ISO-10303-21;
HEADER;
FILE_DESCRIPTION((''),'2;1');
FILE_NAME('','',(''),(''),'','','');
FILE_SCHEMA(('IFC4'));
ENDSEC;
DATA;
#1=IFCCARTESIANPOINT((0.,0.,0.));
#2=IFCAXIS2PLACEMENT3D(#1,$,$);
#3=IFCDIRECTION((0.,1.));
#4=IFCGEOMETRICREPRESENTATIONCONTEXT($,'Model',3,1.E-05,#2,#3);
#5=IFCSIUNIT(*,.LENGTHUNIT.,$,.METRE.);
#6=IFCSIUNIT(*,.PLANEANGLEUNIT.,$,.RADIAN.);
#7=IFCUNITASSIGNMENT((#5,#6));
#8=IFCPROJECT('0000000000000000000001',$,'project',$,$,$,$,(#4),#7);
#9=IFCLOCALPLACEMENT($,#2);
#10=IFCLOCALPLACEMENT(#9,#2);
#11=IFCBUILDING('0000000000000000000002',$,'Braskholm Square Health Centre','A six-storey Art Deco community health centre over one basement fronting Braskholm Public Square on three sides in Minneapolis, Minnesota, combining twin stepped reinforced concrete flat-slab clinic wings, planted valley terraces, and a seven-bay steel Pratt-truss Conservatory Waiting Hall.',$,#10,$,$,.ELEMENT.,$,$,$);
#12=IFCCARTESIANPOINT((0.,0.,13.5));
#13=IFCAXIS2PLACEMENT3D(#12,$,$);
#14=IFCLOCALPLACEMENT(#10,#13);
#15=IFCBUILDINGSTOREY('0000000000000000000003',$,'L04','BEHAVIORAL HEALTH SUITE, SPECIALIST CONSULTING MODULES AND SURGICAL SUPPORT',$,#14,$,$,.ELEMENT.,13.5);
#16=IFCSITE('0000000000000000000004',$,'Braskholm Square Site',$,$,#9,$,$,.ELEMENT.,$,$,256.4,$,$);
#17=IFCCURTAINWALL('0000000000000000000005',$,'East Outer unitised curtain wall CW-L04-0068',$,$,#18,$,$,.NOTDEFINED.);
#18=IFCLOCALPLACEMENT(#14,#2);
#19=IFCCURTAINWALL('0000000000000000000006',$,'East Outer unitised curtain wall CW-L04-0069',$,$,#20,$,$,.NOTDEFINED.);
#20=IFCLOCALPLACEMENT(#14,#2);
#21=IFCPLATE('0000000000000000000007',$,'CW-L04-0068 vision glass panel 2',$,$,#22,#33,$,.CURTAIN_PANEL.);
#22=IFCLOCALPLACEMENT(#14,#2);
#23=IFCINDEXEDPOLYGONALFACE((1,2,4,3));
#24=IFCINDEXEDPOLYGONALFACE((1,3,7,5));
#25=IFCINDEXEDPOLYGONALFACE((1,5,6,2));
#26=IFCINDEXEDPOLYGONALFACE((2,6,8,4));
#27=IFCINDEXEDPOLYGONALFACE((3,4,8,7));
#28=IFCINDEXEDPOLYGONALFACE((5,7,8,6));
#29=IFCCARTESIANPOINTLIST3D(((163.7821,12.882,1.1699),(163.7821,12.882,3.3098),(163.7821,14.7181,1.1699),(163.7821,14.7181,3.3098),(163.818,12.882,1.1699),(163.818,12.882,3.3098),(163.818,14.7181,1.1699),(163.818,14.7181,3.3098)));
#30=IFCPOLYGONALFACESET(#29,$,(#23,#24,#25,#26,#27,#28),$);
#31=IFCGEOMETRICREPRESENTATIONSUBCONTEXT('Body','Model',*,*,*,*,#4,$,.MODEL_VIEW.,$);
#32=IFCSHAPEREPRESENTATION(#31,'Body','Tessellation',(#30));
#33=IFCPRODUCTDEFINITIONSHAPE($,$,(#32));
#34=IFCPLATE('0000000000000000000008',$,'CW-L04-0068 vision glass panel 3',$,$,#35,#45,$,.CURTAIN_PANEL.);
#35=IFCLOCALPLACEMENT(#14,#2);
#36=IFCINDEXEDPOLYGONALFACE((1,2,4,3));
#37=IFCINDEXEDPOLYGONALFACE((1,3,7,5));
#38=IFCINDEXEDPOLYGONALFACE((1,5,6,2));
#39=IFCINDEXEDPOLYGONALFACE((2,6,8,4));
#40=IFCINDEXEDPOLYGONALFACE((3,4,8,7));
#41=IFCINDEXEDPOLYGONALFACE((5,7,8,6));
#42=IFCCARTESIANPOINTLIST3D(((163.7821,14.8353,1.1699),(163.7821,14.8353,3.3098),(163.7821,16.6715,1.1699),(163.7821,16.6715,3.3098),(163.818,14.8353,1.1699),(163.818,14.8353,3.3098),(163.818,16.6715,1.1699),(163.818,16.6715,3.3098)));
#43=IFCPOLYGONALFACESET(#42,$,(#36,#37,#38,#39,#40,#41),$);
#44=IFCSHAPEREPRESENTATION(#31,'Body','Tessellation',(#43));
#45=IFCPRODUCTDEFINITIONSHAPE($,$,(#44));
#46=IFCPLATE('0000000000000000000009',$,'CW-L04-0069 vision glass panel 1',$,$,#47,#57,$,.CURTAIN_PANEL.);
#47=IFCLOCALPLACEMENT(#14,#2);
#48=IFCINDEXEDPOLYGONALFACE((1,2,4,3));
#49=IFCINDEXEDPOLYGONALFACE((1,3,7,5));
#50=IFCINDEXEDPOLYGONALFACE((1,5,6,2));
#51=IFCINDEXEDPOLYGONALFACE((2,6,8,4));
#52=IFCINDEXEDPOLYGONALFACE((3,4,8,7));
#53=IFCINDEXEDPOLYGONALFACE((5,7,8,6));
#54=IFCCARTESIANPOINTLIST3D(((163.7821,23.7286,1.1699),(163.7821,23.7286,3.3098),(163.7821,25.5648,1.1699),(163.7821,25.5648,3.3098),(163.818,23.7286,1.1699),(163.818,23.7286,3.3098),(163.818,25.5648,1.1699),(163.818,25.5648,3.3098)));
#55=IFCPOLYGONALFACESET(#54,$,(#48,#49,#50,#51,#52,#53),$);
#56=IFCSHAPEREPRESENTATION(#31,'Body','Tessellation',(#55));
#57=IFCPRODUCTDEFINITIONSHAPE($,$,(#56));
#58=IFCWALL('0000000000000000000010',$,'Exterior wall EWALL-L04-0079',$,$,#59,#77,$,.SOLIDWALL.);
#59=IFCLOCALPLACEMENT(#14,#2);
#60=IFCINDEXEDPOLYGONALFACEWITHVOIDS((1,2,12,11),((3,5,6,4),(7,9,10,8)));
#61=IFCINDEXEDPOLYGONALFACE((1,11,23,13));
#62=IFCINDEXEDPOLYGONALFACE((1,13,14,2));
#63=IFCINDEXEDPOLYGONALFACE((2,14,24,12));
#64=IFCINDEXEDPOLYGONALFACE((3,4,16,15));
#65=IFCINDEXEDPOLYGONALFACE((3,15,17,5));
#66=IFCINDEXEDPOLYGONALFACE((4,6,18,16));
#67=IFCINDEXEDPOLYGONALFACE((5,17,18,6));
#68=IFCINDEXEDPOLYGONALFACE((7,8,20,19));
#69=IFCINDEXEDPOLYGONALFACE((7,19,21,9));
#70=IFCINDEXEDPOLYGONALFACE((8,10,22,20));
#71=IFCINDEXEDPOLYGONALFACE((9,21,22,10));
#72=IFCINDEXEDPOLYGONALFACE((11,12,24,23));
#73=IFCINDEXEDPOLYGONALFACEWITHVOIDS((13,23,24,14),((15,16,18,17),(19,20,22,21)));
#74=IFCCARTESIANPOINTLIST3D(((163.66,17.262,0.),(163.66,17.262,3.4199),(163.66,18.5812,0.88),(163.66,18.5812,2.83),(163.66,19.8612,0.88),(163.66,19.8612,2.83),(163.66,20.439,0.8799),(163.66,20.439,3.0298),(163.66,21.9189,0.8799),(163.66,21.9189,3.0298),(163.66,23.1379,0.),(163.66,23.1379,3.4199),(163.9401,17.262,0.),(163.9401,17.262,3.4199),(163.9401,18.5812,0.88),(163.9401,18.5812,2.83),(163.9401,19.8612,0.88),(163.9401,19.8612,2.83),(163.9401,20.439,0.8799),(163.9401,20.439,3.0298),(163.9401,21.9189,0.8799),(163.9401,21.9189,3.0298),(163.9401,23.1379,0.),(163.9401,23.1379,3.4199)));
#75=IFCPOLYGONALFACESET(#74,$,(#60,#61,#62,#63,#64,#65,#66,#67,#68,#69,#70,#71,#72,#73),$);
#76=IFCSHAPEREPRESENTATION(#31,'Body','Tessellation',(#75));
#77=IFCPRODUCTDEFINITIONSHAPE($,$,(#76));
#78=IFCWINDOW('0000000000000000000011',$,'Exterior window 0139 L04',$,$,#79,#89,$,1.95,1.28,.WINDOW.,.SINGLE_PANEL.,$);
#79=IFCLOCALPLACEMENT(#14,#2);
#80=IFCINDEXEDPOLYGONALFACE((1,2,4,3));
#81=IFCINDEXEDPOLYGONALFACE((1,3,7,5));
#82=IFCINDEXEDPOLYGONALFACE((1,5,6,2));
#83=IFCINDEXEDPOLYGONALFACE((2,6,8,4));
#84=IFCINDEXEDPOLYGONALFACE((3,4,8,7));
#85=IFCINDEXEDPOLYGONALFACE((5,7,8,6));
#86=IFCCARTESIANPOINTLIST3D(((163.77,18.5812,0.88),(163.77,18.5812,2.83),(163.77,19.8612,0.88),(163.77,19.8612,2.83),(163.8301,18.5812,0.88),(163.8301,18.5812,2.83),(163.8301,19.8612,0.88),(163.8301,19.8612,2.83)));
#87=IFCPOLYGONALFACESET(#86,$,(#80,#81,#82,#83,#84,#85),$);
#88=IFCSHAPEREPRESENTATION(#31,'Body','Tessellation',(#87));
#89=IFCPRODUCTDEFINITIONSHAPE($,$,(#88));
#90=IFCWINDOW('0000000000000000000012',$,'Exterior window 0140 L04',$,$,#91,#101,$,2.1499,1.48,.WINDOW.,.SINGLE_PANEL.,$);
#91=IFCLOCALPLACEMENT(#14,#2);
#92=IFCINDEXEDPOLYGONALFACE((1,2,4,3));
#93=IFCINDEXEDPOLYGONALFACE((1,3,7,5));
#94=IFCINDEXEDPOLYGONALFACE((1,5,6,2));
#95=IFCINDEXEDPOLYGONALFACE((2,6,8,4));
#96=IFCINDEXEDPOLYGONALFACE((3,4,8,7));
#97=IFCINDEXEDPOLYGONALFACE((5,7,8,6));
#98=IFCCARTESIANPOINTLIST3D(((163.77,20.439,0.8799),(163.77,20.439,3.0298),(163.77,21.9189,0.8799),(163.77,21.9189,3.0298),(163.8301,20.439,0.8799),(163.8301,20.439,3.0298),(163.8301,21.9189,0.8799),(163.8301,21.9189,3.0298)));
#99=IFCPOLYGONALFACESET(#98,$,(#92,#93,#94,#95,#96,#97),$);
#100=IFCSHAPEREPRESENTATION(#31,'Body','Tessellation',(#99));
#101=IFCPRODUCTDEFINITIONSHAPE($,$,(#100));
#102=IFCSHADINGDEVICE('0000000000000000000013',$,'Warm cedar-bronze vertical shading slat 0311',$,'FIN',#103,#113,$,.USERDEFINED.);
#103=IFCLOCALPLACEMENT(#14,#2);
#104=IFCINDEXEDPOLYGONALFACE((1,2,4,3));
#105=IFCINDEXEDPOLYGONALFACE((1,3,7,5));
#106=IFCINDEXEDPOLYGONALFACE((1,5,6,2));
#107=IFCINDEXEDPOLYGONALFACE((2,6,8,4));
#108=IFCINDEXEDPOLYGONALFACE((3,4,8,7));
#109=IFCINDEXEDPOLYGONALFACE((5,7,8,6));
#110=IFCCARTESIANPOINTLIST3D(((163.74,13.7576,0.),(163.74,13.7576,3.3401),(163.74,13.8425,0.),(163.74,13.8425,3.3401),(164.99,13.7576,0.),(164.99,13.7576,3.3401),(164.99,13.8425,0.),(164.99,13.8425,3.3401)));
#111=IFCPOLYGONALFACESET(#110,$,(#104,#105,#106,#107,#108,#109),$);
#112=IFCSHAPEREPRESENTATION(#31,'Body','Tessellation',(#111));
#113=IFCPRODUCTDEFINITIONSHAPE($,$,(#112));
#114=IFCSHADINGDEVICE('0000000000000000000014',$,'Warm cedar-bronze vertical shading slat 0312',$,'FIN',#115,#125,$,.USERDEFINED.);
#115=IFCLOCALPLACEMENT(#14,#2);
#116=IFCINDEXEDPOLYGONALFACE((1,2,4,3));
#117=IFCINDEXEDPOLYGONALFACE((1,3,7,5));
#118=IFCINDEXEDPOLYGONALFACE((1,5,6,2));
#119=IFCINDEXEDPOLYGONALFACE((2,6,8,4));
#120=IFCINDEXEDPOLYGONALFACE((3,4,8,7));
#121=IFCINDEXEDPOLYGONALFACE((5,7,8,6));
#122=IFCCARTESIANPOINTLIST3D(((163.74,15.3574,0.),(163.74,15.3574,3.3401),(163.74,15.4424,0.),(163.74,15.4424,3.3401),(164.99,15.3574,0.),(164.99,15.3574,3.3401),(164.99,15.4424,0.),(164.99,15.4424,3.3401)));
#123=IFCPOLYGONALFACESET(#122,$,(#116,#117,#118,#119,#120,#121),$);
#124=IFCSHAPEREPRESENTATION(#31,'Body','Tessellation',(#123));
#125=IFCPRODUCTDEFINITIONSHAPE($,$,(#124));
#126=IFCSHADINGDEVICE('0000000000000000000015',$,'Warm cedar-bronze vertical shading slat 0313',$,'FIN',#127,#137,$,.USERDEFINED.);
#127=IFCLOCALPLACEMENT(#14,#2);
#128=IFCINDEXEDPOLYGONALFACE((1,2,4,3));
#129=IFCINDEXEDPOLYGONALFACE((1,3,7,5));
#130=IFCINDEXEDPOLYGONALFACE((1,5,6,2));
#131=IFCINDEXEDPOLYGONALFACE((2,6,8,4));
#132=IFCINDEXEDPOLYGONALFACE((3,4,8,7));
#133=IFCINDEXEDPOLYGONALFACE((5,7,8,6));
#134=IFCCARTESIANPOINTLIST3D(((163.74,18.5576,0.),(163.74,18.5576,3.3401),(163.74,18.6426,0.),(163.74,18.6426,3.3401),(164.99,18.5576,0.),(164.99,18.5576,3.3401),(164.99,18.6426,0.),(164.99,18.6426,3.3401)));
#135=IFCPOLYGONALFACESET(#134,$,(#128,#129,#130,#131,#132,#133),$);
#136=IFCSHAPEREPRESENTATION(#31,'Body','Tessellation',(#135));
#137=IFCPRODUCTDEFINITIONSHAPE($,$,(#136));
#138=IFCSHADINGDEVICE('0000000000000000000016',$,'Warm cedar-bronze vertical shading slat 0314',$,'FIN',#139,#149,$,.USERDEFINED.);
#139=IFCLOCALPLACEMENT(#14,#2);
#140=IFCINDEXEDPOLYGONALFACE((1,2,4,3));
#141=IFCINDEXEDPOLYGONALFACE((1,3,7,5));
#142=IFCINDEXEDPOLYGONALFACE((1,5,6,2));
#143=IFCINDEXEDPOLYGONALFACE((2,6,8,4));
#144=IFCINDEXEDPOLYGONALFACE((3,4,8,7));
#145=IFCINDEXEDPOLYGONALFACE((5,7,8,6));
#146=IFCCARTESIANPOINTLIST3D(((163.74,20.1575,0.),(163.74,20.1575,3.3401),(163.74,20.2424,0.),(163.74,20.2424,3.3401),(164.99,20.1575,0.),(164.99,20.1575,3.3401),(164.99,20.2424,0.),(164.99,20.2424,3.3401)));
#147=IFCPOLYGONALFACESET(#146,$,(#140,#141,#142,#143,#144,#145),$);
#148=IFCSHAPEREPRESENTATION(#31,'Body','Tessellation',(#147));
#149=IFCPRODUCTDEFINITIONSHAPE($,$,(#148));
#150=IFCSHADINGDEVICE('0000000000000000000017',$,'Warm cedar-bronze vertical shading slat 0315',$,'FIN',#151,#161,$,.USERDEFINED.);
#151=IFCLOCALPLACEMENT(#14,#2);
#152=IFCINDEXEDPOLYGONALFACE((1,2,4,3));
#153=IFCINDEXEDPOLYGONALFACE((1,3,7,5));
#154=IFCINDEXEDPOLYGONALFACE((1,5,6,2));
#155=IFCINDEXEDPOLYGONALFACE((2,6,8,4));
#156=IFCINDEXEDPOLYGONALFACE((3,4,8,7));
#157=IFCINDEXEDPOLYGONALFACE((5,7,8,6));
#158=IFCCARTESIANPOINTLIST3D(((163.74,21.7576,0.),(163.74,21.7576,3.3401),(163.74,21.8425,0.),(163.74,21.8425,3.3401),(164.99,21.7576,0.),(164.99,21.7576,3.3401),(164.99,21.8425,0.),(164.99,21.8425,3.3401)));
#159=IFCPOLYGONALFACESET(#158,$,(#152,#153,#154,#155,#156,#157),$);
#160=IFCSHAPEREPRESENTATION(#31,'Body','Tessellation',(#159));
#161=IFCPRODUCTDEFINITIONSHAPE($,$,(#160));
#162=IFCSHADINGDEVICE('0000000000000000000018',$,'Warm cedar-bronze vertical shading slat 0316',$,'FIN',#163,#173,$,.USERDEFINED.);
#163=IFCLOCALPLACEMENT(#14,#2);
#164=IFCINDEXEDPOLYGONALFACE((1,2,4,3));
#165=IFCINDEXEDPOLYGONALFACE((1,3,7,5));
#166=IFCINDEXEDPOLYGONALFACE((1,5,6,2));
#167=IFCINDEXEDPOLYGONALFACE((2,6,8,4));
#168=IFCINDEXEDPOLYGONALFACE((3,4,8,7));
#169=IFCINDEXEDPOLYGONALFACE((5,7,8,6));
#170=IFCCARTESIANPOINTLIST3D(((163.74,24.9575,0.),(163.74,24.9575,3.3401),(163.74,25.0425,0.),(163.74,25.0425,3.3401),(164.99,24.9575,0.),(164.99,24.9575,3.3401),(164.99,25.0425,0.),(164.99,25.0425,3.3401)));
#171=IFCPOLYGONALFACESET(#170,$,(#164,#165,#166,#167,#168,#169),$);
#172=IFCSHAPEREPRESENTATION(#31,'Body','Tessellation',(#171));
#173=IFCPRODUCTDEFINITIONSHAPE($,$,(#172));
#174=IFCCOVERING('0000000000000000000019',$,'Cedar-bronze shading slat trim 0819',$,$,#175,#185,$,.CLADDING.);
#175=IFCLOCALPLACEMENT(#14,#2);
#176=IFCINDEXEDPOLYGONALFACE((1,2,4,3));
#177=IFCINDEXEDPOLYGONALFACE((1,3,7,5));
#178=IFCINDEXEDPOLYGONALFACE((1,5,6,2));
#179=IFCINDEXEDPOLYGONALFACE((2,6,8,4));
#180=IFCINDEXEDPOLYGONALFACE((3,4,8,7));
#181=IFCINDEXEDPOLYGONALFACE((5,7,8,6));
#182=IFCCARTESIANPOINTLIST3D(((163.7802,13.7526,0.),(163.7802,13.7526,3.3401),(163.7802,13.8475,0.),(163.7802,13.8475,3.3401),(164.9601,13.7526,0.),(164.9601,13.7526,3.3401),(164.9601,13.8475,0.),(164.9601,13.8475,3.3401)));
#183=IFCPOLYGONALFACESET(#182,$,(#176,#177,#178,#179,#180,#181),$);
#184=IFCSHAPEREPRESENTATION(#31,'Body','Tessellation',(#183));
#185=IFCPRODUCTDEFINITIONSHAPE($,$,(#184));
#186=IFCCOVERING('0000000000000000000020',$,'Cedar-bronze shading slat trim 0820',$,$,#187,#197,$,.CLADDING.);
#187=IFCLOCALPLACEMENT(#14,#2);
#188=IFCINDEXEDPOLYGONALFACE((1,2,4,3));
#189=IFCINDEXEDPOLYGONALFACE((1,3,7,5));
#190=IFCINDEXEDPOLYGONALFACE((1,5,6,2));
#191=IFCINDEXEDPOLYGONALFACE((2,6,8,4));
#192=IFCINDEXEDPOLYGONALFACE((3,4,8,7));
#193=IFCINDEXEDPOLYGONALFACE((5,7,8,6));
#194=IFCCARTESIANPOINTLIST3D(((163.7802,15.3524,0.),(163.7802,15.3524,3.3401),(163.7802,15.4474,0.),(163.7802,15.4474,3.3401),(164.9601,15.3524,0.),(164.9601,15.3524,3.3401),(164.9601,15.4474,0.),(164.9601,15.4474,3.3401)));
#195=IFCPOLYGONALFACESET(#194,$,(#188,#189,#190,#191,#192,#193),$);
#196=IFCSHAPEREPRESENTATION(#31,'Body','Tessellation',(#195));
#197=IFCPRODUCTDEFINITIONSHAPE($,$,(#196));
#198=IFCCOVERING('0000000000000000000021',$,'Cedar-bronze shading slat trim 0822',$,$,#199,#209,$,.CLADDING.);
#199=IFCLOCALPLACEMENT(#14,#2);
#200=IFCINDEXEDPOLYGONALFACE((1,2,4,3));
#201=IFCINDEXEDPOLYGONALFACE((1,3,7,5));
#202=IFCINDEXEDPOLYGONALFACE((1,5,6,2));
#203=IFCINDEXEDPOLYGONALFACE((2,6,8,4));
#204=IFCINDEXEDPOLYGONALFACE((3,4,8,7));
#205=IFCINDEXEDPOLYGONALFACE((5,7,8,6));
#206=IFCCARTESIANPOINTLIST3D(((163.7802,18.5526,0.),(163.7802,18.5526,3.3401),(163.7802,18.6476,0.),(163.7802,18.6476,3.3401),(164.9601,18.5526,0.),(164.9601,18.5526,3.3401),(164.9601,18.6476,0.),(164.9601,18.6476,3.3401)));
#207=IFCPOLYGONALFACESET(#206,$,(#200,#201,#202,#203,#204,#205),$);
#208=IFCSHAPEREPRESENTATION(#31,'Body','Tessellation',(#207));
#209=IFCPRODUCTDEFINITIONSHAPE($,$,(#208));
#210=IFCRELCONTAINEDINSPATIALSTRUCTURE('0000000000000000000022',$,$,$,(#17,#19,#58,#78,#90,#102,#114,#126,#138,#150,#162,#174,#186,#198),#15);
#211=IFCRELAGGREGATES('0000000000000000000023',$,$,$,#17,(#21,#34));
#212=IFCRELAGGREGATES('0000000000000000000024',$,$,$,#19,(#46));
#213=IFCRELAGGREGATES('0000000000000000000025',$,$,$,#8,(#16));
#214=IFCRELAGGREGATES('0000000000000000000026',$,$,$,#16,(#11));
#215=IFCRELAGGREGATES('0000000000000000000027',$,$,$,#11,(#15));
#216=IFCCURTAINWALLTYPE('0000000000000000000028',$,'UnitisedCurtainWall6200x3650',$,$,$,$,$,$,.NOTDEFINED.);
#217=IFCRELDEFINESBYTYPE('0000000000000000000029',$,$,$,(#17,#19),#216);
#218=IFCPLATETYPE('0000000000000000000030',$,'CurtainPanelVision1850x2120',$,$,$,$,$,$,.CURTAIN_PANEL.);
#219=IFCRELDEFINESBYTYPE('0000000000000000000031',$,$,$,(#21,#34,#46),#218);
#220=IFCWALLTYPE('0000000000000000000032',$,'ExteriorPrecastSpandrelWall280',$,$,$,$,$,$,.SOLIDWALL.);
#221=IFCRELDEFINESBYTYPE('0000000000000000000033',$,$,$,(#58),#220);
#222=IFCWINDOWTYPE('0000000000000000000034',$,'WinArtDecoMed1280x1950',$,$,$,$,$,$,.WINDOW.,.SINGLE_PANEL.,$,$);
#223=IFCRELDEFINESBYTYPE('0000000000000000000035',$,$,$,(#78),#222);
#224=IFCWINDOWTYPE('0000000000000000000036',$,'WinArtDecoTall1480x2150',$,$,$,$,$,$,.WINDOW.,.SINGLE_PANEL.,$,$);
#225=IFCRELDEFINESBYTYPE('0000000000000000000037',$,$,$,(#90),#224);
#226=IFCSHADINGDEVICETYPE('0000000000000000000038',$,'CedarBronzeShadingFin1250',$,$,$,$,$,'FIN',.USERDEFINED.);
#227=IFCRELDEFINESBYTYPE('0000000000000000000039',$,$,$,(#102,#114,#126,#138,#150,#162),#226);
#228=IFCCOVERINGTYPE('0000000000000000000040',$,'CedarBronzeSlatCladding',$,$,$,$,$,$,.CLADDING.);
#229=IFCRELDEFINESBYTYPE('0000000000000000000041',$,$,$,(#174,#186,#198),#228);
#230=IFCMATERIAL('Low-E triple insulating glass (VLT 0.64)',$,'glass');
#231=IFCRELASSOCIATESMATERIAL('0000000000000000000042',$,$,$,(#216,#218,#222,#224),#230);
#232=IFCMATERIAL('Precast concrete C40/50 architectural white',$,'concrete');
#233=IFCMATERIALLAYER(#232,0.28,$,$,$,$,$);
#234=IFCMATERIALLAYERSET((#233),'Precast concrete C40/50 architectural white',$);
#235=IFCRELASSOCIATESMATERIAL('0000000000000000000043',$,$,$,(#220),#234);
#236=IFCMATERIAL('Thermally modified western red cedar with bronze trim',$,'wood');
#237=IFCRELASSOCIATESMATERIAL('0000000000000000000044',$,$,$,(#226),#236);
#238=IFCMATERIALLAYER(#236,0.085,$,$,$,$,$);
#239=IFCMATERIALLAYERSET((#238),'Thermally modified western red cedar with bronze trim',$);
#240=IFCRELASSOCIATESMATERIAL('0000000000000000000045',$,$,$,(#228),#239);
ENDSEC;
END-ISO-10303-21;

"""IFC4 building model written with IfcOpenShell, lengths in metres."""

from ifc_helpers import new_model, si_unit, direction, frame, frame_2d, origin, origin_with_axes, origin_2d, place, context, subcontext, project, spatial, rectangle, extrude, material, layer, layer_set, type_object, element, fill, aggregate, save


model = new_model("IFC4")

# Units and contexts
model_context = context("Model", 3, precision=1e-05, world=origin(), true_north=direction((0.0, 1.0)))
body_context = subcontext(model_context, "Body", "Model", "MODEL_VIEW")
ifc_project = project(units=[si_unit("LENGTHUNIT", "METRE"), si_unit("PLANEANGLEUNIT", "RADIAN")], contexts=[model_context])

# Site, building, storey
site_placement = place(None, origin())
site = spatial("IfcSite", under=ifc_project, at=site_placement, Name="Braskholm Square Site", CompositionType="ELEMENT", RefElevation=256.4)
building_placement = place(site_placement, origin())
building = spatial("IfcBuilding", under=site, at=building_placement, Name="Braskholm Square Health Centre", Description="A six-storey Art Deco community health centre over one basement fronting Braskholm Public Square on three sides in Minneapolis, Minnesota, combining twin stepped reinforced concrete flat-slab clinic wings, planted valley terraces, and a seven-bay steel Pratt-truss Conservatory Waiting Hall.", CompositionType="ELEMENT")
storey_placement = place(building_placement, frame((0.0, 0.0, 13.5)))
storey = spatial("IfcBuildingStorey", under=building, at=storey_placement, Name="L04", Description="BEHAVIORAL HEALTH SUITE, SPECIALIST CONSULTING MODULES AND SURGICAL SUPPORT", CompositionType="ELEMENT", Elevation=13.5)

# Shared definitions
ifc_material_1 = material(Name="Precast concrete C40/50 architectural white", Category="concrete")

# Curtain walls
ifc_material_2 = material(Name="Low-E triple insulating glass (VLT 0.64)", Category="glass")
curtain_wall_type = type_object("IfcCurtainWallType", Name="UnitisedCurtainWall6200x3650", PredefinedType="NOTDEFINED", material=ifc_material_2)
curtain_wall_1_placement = place(storey_placement, origin())
curtain_wall_1 = element("IfcCurtainWall", 1, at=curtain_wall_1_placement, inside=storey, type_object=curtain_wall_type, Name="East Outer unitised curtain wall CW-L04-0068", PredefinedType="NOTDEFINED")
curtain_wall_2_placement = place(storey_placement, origin())
curtain_wall_2 = element("IfcCurtainWall", 2, at=curtain_wall_2_placement, inside=storey, type_object=curtain_wall_type, Name="East Outer unitised curtain wall CW-L04-0069", PredefinedType="NOTDEFINED")

# Plates
plate_type_1 = type_object("IfcPlateType", Name="CurtainPanelVision1850x2120", PredefinedType="CURTAIN_PANEL", material=ifc_material_2)
plate_1_placement = place(storey_placement, frame((163.8, 13.8, 1.1699), z_axis=(0.0, 0.0, 1.0), x_axis=(0.0, 1.0, 0.0)))
plate_1 = element("IfcPlate", 3, at=plate_1_placement, type_object=plate_type_1, Name="CW-L04-0068 vision glass panel 2", PredefinedType="CURTAIN_PANEL", context=body_context, shape_type="SweptSolid", body=[
    extrude(rectangle(XDim=1.8362, YDim=0.0359, at=origin_2d()), origin(), (0.0, 0.0, 1.0), 2.1399),
])
plate_2_placement = place(storey_placement, frame((163.8, 15.7534, 1.1699), z_axis=(0.0, 0.0, 1.0), x_axis=(0.0, 1.0, 0.0)))
plate_2 = element("IfcPlate", 4, at=plate_2_placement, type_object=plate_type_1, Name="CW-L04-0068 vision glass panel 3", PredefinedType="CURTAIN_PANEL", context=body_context, shape_type="SweptSolid", body=[
    extrude(rectangle(XDim=1.8362, YDim=0.0359, at=origin_2d()), origin(), (0.0, 0.0, 1.0), 2.1399),
])
aggregate(curtain_wall_1, [plate_1, plate_2])
plate_3_placement = place(storey_placement, frame((163.8, 24.6467, 1.1699), z_axis=(0.0, 0.0, 1.0), x_axis=(0.0, 1.0, 0.0)))
plate_3 = element("IfcPlate", 5, at=plate_3_placement, type_object=plate_type_1, Name="CW-L04-0069 vision glass panel 1", PredefinedType="CURTAIN_PANEL", context=body_context, shape_type="SweptSolid", body=[
    extrude(rectangle(XDim=1.8362, YDim=0.0359, at=origin_2d()), origin(), (0.0, 0.0, 1.0), 2.1399),
])
aggregate(curtain_wall_2, [plate_3])

# Wall, openings, windows
ifc_layer_1 = layer(ifc_material_1, 0.28)
ifc_layer_set_1 = layer_set([ifc_layer_1], Name="Precast concrete C40/50 architectural white")
wall_type = type_object("IfcWallType", Name="ExteriorPrecastSpandrelWall280", PredefinedType="SOLIDWALL", material=ifc_layer_set_1)
wall_placement = place(storey_placement, frame((163.8, 17.262, 0.0), z_axis=(0.0, 0.0, 1.0), x_axis=(0.0, 1.0, 0.0)))
wall = element("IfcWall", 6, at=wall_placement, inside=storey, type_object=wall_type, Name="Exterior wall EWALL-L04-0079", PredefinedType="SOLIDWALL", context=body_context, shape_type="SweptSolid", body=[
    extrude(rectangle(XDim=5.876, YDim=0.28, at=frame_2d((2.938, 0.0))), origin(), (0.0, 0.0, 1.0), 3.4199),
])
opening_1_placement = place(wall_placement, frame((1.3191, 0.0, 0.8799)))
opening_1 = element("IfcOpeningElement", 7, at=opening_1_placement, cuts=wall, PredefinedType="OPENING", context=body_context, shape_type="SweptSolid", body=[
    extrude(rectangle(XDim=1.28, YDim=1.95, at=frame_2d((0.6401, 0.9751))), frame((0.0, 0.1499, 0.0), z_axis=(0.0, -1.0, 0.0), x_axis=(1.0, 0.0, 0.0)), (0.0, 0.0, 1.0), 0.3),
])
opening_2_placement = place(wall_placement, frame((3.177, 0.0, 0.8799)))
opening_2 = element("IfcOpeningElement", 8, at=opening_2_placement, cuts=wall, PredefinedType="OPENING", context=body_context, shape_type="SweptSolid", body=[
    extrude(rectangle(XDim=1.48, YDim=2.1499, at=frame_2d((0.74, 1.075))), frame((0.0, 0.1499, 0.0), z_axis=(0.0, -1.0, 0.0), x_axis=(1.0, 0.0, 0.0)), (0.0, 0.0, 1.0), 0.3),
])
window_type_1 = type_object("IfcWindowType", Name="WinArtDecoMed1280x1950", PartitioningType="SINGLE_PANEL", PredefinedType="WINDOW", material=ifc_material_2)
window_1_placement = place(opening_1_placement, origin_with_axes())
window_1 = element("IfcWindow", 9, at=window_1_placement, inside=storey, type_object=window_type_1, Name="Exterior window 0139 L04", OverallHeight=1.95, OverallWidth=1.28, PartitioningType="SINGLE_PANEL", PredefinedType="WINDOW", context=body_context, shape_type="SweptSolid", body=[
    extrude(rectangle(XDim=1.28, YDim=1.95, at=frame_2d((0.6401, 0.9751))), frame((0.0, 0.03, 0.0), z_axis=(0.0, -1.0, 0.0), x_axis=(1.0, 0.0, 0.0)), (0.0, 0.0, 1.0), 0.0601),
])
fill(opening_1, window_1)
window_type_2 = type_object("IfcWindowType", Name="WinArtDecoTall1480x2150", PartitioningType="SINGLE_PANEL", PredefinedType="WINDOW", material=ifc_material_2)
window_2_placement = place(opening_2_placement, origin_with_axes())
window_2 = element("IfcWindow", 10, at=window_2_placement, inside=storey, type_object=window_type_2, Name="Exterior window 0140 L04", OverallHeight=2.1499, OverallWidth=1.48, PartitioningType="SINGLE_PANEL", PredefinedType="WINDOW", context=body_context, shape_type="SweptSolid", body=[
    extrude(rectangle(XDim=1.48, YDim=2.1499, at=frame_2d((0.74, 1.075))), frame((0.0, 0.03, 0.0), z_axis=(0.0, -1.0, 0.0), x_axis=(1.0, 0.0, 0.0)), (0.0, 0.0, 1.0), 0.0601),
])
fill(opening_2, window_2)

# Shading devices
ifc_material_3 = material(Name="Thermally modified western red cedar with bronze trim", Category="wood")
shading_device_type = type_object("IfcShadingDeviceType", Name="CedarBronzeShadingFin1250", ElementType="FIN", PredefinedType="USERDEFINED", material=ifc_material_3)
for number, where, z_axis, x_axis, name in (
    (11, (164.365, 13.8, 0.0), (0.0, 0.0, 1.0), (1.0, 0.0, 0.0), "Warm cedar-bronze vertical shading slat 0311"),
    (12, (164.365, 15.3999, 0.0), (0.0, 0.0, 1.0), (1.0, 0.0, 0.0), "Warm cedar-bronze vertical shading slat 0312"),
    (13, (164.365, 18.6001, 0.0), (0.0, 0.0, 1.0), (1.0, 0.0, 0.0), "Warm cedar-bronze vertical shading slat 0313"),
    (14, (164.365, 20.2, 0.0), (0.0, 0.0, 1.0), (1.0, 0.0, 0.0), "Warm cedar-bronze vertical shading slat 0314"),
    (15, (164.365, 21.8, 0.0), (0.0, 0.0, 1.0), (1.0, 0.0, 0.0), "Warm cedar-bronze vertical shading slat 0315"),
    (16, (164.365, 25.0, 0.0), (0.0, 0.0, 1.0), (1.0, 0.0, 0.0), "Warm cedar-bronze vertical shading slat 0316"),
):
    element("IfcShadingDevice", number, at=place(storey_placement, frame(where, z_axis=z_axis, x_axis=x_axis)), inside=storey, type_object=shading_device_type, Name=name, ObjectType="FIN", PredefinedType="USERDEFINED", context=body_context, shape_type="SweptSolid", body=[
        extrude(rectangle(XDim=1.25, YDim=0.085, at=origin_2d()), origin(), (0.0, 0.0, 1.0), 3.3401),
    ])

# Coverings
ifc_layer_2 = layer(ifc_material_3, 0.085)
ifc_layer_set_2 = layer_set([ifc_layer_2], Name="Thermally modified western red cedar with bronze trim")
covering_type_1 = type_object("IfcCoveringType", Name="CedarBronzeSlatCladding", PredefinedType="CLADDING", material=ifc_layer_set_2)
for number, where, z_axis, x_axis, name in (
    (17, (164.3701, 13.8, 0.0), (0.0, 0.0, 1.0), (1.0, 0.0, 0.0), "Cedar-bronze shading slat trim 0819"),
    (18, (164.3701, 15.3999, 0.0), (0.0, 0.0, 1.0), (1.0, 0.0, 0.0), "Cedar-bronze shading slat trim 0820"),
    (19, (164.3701, 18.6001, 0.0), (0.0, 0.0, 1.0), (1.0, 0.0, 0.0), "Cedar-bronze shading slat trim 0822"),
):
    element("IfcCovering", number, at=place(storey_placement, frame(where, z_axis=z_axis, x_axis=x_axis)), inside=storey, type_object=covering_type_1, Name=name, PredefinedType="CLADDING", context=body_context, shape_type="SweptSolid", body=[
        extrude(rectangle(XDim=1.1799, YDim=0.095, at=origin_2d()), origin(), (0.0, 0.0, 1.0), 3.3401),
    ])

save(model, "model.ifc")
